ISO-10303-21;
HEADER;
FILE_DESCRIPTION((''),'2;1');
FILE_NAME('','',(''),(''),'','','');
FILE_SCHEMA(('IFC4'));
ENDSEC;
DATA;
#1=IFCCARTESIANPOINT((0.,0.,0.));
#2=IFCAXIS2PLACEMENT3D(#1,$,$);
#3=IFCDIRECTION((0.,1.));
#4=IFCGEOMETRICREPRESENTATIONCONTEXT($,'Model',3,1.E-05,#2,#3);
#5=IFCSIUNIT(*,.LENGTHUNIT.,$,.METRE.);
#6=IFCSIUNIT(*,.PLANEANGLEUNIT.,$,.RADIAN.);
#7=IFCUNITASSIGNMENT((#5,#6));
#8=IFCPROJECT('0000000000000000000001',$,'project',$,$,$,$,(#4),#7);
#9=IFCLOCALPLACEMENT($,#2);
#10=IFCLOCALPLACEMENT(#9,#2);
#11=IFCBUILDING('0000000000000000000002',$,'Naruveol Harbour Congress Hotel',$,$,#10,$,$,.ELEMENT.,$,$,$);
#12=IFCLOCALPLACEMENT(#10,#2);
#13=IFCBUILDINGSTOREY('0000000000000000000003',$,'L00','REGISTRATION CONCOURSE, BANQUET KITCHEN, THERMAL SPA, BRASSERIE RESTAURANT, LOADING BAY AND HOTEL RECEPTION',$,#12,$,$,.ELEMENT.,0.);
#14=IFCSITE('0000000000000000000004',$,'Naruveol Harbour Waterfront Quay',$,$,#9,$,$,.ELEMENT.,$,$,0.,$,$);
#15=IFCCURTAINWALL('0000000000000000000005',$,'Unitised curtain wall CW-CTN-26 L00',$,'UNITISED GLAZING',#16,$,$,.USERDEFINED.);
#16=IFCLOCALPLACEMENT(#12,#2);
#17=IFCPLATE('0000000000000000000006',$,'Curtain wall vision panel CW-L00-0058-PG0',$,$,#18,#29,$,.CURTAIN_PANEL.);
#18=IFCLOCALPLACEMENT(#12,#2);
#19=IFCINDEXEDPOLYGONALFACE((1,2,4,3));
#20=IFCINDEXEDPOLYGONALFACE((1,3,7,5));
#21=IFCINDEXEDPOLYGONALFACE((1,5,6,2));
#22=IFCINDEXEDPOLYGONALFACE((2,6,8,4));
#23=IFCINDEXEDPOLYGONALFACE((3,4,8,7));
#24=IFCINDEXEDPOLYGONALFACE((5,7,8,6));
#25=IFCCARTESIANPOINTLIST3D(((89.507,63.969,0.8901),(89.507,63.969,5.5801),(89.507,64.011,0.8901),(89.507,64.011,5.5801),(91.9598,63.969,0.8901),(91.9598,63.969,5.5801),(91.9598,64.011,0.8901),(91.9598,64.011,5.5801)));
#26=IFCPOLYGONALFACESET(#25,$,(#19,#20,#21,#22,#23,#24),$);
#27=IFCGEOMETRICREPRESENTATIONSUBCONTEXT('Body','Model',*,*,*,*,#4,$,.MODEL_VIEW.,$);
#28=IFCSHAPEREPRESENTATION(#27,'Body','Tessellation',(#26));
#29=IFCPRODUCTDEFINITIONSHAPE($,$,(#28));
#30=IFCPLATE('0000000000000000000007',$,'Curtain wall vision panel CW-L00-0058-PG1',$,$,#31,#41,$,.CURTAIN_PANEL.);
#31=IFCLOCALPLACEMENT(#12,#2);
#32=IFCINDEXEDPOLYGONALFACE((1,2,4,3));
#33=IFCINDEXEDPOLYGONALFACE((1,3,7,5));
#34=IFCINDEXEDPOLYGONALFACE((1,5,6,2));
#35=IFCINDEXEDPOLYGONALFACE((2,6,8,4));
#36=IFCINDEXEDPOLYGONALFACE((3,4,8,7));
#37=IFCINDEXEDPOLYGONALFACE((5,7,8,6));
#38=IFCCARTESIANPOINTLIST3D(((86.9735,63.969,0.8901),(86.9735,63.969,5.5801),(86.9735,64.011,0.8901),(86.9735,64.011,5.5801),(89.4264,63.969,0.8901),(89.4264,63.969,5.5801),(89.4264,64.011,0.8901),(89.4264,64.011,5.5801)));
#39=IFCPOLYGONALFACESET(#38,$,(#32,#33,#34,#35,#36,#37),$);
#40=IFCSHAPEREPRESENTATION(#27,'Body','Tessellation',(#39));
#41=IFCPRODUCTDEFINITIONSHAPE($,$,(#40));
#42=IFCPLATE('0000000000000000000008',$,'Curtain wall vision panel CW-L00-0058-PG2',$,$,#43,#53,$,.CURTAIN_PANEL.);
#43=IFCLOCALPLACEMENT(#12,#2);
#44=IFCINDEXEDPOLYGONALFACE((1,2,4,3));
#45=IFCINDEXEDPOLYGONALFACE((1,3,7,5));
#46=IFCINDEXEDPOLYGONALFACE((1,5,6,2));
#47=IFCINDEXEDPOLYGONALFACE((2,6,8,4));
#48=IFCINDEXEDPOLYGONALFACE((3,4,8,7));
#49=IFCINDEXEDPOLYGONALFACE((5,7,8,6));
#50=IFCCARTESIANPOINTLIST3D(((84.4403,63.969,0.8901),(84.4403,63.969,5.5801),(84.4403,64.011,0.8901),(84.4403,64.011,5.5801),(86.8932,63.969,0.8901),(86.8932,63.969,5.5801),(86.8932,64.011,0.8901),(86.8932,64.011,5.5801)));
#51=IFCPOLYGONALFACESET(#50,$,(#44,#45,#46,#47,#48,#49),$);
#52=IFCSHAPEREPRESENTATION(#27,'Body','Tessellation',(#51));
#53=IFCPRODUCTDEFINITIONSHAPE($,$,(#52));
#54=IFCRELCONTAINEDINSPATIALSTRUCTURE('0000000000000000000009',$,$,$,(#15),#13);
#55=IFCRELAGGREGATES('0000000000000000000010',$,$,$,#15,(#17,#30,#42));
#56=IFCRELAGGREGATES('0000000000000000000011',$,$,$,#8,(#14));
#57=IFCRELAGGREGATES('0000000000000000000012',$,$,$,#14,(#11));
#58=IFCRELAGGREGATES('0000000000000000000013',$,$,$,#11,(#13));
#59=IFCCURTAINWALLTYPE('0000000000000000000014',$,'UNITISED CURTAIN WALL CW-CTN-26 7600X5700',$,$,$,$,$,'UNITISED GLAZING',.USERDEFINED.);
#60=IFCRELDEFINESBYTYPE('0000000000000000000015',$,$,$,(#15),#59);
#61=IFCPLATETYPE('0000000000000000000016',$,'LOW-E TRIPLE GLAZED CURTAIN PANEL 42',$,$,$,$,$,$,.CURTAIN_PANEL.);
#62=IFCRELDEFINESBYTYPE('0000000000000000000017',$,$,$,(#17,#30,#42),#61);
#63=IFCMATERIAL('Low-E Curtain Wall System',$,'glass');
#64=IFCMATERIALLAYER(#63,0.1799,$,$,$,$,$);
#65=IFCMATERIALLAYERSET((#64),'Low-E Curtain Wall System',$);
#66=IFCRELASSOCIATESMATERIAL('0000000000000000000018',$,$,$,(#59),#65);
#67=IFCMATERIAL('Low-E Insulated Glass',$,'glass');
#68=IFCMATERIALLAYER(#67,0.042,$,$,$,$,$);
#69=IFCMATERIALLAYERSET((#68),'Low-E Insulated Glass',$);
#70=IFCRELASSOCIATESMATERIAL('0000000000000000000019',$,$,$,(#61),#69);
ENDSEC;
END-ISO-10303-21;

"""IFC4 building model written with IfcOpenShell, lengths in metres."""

from ifc_helpers import new_model, si_unit, direction, frame, origin, origin_2d, place, context, subcontext, project, spatial, rectangle, extrude, material, layer, layer_set, type_object, element, aggregate, save


model = new_model("IFC4")

# Units and contexts
model_context = context("Model", 3, precision=1e-05, world=origin(), true_north=direction((0.0, 1.0)))
body_context = subcontext(model_context, "Body", "Model", "MODEL_VIEW")
ifc_project = project(units=[si_unit("LENGTHUNIT", "METRE"), si_unit("PLANEANGLEUNIT", "RADIAN")], contexts=[model_context])

# Site, building, storey
site_placement = place(None, origin())
site = spatial("IfcSite", under=ifc_project, at=site_placement, Name="Naruveol Harbour Waterfront Quay", CompositionType="ELEMENT", RefElevation=0.0)
building_placement = place(site_placement, origin())
building = spatial("IfcBuilding", under=site, at=building_placement, Name="Naruveol Harbour Congress Hotel", CompositionType="ELEMENT")
storey_placement = place(building_placement, origin())
storey = spatial("IfcBuildingStorey", under=building, at=storey_placement, Name="L00", Description="REGISTRATION CONCOURSE, BANQUET KITCHEN, THERMAL SPA, BRASSERIE RESTAURANT, LOADING BAY AND HOTEL RECEPTION", CompositionType="ELEMENT", Elevation=0.0)

# Curtain wall
ifc_material_1 = material(Name="Low-E Curtain Wall System", Category="glass")
ifc_layer_1 = layer(ifc_material_1, 0.1799)
ifc_layer_set_1 = layer_set([ifc_layer_1], Name="Low-E Curtain Wall System")
curtain_wall_type = type_object("IfcCurtainWallType", Name="UNITISED CURTAIN WALL CW-CTN-26 7600X5700", ElementType="UNITISED GLAZING", PredefinedType="USERDEFINED", material=ifc_layer_set_1)
curtain_wall_1_placement = place(storey_placement, origin())
curtain_wall_1 = element("IfcCurtainWall", 1, at=curtain_wall_1_placement, inside=storey, type_object=curtain_wall_type, Name="Unitised curtain wall CW-CTN-26 L00", ObjectType="UNITISED GLAZING", PredefinedType="USERDEFINED")

# Plates
ifc_material_2 = material(Name="Low-E Insulated Glass", Category="glass")
ifc_layer_2 = layer(ifc_material_2, 0.042)
ifc_layer_set_2 = layer_set([ifc_layer_2], Name="Low-E Insulated Glass")
plate_type_1 = type_object("IfcPlateType", Name="LOW-E TRIPLE GLAZED CURTAIN PANEL 42", PredefinedType="CURTAIN_PANEL", material=ifc_layer_set_2)
plate_1_placement = place(storey_placement, frame((90.7334, 63.99, 0.8901), z_axis=(0.0, 0.0, 1.0), x_axis=(-1.0, 0.0, 0.0)))
plate_1 = element("IfcPlate", 2, at=plate_1_placement, type_object=plate_type_1, Name="Curtain wall vision panel CW-L00-0058-PG0", PredefinedType="CURTAIN_PANEL", context=body_context, shape_type="SweptSolid", body=[
    extrude(rectangle(XDim=2.4529, YDim=0.042, at=origin_2d()), origin(), (0.0, 0.0, 1.0), 4.6899),
])
plate_2_placement = place(storey_placement, frame((88.2, 63.99, 0.8901), z_axis=(0.0, 0.0, 1.0), x_axis=(-1.0, 0.0, 0.0)))
plate_2 = element("IfcPlate", 3, at=plate_2_placement, type_object=plate_type_1, Name="Curtain wall vision panel CW-L00-0058-PG1", PredefinedType="CURTAIN_PANEL", context=body_context, shape_type="SweptSolid", body=[
    extrude(rectangle(XDim=2.4529, YDim=0.042, at=origin_2d()), origin(), (0.0, 0.0, 1.0), 4.6899),
])
plate_3_placement = place(storey_placement, frame((85.6667, 63.99, 0.8901), z_axis=(0.0, 0.0, 1.0), x_axis=(-1.0, 0.0, 0.0)))
plate_3 = element("IfcPlate", 4, at=plate_3_placement, type_object=plate_type_1, Name="Curtain wall vision panel CW-L00-0058-PG2", PredefinedType="CURTAIN_PANEL", context=body_context, shape_type="SweptSolid", body=[
    extrude(rectangle(XDim=2.4529, YDim=0.042, at=origin_2d()), origin(), (0.0, 0.0, 1.0), 4.6899),
])
aggregate(curtain_wall_1, [plate_1, plate_2, plate_3])

save(model, "model.ifc")
